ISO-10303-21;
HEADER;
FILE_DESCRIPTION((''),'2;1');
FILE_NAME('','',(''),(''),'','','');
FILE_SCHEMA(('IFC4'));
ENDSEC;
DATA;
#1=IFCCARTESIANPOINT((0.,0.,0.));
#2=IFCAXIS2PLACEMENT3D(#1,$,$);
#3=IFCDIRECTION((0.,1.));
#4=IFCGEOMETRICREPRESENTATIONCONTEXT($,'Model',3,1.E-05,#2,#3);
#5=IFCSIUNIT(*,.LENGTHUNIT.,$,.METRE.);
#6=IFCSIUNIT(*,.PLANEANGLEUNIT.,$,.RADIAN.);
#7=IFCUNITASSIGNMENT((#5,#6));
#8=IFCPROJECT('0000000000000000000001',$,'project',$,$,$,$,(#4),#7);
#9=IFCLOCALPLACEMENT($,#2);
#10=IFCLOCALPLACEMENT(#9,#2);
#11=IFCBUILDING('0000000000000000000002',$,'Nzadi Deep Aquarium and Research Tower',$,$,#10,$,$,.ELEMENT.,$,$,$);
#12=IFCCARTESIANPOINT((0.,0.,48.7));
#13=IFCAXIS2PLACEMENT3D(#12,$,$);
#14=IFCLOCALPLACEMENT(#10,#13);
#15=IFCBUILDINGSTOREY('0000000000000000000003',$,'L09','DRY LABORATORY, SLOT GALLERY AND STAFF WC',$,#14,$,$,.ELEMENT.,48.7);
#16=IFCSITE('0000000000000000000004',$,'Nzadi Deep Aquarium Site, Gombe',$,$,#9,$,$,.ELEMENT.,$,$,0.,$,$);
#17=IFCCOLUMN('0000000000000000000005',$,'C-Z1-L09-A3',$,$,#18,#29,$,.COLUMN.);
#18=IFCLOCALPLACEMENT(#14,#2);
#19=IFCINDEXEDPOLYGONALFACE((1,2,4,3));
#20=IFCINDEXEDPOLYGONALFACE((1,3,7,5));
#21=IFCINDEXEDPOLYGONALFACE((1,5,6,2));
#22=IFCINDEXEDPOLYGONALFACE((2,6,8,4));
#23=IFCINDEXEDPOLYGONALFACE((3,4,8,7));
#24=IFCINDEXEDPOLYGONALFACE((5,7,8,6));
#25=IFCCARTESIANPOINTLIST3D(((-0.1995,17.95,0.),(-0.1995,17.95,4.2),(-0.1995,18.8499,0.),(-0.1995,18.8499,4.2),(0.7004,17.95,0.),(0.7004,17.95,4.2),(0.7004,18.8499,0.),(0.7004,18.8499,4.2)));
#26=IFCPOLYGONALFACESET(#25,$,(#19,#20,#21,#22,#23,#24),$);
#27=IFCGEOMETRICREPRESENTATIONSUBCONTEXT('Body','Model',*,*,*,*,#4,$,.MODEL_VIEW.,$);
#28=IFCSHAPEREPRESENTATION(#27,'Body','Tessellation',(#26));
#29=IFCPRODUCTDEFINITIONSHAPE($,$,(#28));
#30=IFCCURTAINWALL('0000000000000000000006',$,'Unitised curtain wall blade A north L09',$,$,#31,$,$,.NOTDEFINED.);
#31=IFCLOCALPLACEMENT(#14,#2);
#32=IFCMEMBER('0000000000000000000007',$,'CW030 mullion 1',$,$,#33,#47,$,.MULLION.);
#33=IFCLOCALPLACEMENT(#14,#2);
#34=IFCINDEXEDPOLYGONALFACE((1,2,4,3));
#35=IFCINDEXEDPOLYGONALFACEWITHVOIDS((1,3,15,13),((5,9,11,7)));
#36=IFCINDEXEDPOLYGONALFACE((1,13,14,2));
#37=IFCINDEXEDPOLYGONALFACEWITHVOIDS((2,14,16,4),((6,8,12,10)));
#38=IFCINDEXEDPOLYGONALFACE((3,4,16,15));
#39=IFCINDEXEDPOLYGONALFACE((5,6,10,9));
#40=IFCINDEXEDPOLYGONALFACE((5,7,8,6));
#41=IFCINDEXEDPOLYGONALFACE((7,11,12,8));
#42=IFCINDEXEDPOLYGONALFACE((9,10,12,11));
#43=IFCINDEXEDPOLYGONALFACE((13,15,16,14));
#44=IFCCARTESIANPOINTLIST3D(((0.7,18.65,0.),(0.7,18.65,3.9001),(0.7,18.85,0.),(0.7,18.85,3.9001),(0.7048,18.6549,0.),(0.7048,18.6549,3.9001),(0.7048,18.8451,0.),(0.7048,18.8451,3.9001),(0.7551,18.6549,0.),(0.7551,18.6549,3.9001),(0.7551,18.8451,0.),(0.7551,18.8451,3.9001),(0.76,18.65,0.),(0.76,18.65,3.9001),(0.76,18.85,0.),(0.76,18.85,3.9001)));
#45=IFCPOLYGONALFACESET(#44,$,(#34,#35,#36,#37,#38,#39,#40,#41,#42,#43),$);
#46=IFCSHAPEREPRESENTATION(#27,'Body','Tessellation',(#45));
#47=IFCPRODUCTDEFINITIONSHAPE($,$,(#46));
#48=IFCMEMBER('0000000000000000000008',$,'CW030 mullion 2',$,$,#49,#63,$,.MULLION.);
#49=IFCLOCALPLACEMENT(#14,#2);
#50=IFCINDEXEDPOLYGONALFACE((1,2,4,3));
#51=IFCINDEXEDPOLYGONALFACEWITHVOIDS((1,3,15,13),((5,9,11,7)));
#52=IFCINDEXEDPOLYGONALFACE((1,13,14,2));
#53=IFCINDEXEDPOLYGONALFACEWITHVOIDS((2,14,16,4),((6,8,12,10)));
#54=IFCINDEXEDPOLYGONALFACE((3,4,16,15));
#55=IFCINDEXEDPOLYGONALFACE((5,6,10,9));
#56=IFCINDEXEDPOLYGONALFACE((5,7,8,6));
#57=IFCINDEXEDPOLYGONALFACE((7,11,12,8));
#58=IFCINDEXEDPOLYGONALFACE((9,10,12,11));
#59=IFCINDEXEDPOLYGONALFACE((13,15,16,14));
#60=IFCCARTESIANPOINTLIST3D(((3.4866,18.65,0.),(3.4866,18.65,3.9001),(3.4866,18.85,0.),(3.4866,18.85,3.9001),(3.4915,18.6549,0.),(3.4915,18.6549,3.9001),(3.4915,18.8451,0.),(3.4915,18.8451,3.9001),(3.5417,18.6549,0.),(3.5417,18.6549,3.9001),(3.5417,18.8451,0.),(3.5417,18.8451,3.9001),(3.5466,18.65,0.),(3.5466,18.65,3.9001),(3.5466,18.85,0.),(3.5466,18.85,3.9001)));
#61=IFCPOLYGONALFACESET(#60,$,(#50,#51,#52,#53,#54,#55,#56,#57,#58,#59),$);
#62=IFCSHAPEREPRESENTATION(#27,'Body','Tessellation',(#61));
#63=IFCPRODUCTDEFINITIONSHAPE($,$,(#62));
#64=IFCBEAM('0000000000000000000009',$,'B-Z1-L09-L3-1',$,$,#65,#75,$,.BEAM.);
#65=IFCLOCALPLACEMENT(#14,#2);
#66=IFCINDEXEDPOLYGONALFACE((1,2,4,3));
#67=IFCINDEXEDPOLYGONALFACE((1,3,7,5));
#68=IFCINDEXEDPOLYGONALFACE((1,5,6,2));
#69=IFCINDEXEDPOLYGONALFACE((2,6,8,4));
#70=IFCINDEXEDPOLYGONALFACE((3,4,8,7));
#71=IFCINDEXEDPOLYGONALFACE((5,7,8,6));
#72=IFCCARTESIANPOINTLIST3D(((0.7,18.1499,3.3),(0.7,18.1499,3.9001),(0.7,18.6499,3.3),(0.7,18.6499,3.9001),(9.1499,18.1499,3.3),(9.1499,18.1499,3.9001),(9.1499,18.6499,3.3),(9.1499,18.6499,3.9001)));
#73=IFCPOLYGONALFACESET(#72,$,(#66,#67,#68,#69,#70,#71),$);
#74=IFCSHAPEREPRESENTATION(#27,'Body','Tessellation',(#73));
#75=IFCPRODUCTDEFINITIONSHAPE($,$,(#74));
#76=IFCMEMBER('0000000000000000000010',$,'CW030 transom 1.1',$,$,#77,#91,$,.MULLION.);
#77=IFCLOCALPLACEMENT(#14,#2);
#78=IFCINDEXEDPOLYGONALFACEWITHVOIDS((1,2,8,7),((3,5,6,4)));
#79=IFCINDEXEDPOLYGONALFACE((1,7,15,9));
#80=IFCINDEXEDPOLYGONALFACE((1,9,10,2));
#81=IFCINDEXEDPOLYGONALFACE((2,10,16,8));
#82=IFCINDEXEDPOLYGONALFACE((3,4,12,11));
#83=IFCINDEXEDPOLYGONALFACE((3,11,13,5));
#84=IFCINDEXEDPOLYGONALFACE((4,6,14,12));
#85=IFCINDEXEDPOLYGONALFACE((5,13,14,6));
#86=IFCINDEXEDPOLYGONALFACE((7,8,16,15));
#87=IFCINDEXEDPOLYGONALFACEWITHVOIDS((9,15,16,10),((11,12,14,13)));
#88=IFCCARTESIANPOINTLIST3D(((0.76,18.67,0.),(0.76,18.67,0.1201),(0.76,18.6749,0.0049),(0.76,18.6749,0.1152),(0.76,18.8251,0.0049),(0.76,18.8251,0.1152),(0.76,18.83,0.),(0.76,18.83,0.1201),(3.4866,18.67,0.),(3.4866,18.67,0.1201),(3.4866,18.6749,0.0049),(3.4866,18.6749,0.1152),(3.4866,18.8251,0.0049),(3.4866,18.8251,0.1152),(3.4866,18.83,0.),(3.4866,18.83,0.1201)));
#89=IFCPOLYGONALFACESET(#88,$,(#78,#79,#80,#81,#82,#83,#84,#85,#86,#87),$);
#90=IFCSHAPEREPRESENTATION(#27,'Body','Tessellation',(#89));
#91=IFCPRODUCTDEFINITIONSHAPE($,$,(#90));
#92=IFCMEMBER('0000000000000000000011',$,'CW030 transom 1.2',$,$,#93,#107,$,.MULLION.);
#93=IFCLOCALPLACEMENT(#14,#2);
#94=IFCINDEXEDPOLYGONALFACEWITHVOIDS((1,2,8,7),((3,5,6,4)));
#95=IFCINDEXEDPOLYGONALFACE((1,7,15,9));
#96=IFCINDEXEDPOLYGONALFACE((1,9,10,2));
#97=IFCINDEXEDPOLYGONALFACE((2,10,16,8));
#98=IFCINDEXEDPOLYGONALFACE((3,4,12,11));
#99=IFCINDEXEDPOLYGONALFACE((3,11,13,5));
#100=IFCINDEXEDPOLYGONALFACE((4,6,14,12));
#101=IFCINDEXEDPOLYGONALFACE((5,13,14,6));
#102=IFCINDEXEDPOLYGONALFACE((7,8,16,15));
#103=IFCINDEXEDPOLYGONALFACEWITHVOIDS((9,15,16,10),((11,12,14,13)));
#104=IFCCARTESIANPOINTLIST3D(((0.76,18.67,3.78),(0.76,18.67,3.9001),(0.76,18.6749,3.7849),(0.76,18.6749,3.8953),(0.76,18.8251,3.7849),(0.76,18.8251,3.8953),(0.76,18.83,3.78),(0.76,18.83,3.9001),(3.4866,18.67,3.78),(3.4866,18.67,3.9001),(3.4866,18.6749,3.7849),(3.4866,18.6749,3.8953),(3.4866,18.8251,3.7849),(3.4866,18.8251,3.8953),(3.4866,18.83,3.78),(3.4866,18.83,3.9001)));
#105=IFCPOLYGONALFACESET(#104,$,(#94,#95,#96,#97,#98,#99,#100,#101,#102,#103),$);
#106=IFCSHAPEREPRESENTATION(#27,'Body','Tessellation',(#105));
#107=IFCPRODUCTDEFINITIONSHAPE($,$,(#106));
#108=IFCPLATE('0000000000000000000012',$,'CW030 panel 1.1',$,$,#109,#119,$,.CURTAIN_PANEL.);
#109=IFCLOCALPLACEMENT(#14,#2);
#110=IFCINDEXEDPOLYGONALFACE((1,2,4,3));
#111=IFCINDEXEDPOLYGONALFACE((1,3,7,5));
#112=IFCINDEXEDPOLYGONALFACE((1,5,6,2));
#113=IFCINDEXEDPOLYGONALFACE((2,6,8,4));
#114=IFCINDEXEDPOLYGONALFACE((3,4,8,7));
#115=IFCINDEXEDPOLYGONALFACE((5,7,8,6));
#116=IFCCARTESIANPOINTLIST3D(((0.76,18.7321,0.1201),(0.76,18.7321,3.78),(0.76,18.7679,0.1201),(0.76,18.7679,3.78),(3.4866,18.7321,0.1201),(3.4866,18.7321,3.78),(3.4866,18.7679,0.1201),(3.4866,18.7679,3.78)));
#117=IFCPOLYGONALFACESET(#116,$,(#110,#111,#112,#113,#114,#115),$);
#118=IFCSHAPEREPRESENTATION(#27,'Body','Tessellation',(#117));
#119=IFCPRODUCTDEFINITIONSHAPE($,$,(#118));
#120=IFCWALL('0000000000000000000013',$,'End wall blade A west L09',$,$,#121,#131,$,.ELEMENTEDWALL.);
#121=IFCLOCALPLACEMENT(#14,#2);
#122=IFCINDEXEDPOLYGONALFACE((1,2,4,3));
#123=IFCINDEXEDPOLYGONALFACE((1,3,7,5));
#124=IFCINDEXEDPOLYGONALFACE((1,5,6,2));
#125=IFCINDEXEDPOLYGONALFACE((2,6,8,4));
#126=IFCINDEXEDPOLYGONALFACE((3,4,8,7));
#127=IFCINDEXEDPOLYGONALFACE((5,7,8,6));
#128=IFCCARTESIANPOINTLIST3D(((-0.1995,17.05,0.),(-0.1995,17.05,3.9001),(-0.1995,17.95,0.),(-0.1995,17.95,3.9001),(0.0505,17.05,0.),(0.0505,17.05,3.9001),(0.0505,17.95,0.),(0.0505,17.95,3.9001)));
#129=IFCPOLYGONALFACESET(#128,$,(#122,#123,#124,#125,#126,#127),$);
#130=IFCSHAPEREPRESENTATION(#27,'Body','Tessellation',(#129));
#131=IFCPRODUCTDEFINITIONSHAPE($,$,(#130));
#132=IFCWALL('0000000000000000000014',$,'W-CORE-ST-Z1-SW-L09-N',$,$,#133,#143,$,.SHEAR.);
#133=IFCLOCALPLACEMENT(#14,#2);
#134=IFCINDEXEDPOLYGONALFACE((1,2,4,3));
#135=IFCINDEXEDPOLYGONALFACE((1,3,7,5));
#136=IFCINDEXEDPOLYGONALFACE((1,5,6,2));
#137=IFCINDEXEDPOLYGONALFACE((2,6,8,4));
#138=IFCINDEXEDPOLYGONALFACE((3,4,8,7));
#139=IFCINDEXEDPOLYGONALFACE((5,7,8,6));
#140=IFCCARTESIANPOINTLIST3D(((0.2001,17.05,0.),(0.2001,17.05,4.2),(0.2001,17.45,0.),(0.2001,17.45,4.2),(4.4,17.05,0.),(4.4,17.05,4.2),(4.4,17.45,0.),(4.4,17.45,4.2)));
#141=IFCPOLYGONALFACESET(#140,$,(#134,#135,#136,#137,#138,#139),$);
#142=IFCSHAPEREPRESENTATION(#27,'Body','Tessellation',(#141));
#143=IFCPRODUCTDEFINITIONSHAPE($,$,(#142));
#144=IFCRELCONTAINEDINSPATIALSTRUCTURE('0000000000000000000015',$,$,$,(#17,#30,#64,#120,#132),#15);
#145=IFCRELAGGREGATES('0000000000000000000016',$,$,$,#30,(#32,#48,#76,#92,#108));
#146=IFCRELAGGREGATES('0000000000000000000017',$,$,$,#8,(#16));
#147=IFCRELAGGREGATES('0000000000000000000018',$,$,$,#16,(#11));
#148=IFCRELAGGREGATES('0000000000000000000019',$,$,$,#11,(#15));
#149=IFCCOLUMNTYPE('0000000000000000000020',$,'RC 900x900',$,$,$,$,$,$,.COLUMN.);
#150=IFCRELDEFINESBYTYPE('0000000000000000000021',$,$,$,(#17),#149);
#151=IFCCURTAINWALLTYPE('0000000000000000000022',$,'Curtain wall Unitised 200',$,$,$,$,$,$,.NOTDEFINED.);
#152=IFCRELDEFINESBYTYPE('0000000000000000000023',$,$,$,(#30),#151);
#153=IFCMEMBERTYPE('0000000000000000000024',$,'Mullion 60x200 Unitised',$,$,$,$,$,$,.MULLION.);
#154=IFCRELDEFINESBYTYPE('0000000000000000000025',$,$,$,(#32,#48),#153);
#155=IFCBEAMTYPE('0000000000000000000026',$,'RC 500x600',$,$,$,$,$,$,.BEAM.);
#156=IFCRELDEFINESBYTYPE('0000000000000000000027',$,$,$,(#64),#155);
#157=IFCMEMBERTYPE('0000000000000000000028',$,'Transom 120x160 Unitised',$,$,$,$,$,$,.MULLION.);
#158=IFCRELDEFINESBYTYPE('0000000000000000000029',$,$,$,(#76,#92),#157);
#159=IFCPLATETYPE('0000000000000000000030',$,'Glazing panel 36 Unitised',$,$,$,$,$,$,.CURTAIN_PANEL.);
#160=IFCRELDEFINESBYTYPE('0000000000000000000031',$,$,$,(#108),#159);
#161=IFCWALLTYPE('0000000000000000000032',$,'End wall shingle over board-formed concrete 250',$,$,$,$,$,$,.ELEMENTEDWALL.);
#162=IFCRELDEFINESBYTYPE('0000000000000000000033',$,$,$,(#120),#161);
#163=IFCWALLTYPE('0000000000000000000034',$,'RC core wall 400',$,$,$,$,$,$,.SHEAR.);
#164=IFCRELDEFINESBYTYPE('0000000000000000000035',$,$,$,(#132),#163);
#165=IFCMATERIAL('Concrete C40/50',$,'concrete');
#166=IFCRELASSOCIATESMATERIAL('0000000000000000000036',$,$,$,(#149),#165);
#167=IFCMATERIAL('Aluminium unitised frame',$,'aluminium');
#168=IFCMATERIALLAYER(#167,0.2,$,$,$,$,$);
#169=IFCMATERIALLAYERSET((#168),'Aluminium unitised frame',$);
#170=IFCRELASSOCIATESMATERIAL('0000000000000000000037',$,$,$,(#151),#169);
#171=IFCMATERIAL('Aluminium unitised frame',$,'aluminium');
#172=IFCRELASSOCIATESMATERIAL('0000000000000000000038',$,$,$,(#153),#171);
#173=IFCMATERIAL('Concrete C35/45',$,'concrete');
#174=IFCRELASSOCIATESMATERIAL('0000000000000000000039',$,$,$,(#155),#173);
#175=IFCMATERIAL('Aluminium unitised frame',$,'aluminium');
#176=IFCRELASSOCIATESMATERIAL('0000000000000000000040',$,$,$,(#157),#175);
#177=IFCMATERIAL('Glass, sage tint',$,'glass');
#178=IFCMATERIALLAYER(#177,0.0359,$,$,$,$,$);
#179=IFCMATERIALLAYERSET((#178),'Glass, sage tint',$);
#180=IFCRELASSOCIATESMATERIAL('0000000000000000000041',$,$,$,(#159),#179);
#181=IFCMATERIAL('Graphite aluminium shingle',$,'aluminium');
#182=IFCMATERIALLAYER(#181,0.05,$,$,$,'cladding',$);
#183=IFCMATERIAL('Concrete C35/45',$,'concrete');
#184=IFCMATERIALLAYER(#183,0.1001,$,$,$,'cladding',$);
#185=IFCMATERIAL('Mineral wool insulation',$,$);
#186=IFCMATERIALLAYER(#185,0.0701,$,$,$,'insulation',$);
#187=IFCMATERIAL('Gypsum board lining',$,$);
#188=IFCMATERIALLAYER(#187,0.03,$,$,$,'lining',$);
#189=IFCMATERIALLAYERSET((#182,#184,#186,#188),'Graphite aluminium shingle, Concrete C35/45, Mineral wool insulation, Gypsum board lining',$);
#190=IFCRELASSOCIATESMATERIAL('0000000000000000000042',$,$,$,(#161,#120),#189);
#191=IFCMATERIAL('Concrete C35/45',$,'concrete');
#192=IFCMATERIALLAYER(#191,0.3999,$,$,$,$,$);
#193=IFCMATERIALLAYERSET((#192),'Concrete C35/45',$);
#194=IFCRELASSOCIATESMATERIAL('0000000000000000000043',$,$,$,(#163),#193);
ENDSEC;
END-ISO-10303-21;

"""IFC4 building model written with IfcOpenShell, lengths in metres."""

from ifc_helpers import new_model, si_unit, direction, frame, frame_2d, origin, origin_2d, place, context, subcontext, project, spatial, rectangle, hollow_rectangle, extrude, material, layer, layer_set, layer_usage, material_profile, profile_set, type_object, element, aggregate, save


model = new_model("IFC4")

# Units and contexts
model_context = context("Model", 3, precision=1e-05, world=origin(), true_north=direction((0.0, 1.0)))
body_context = subcontext(model_context, "Body", "Model", "MODEL_VIEW")
ifc_project = project(units=[si_unit("LENGTHUNIT", "METRE"), si_unit("PLANEANGLEUNIT", "RADIAN")], contexts=[model_context])

# Site, building, storey
site_placement = place(None, origin())
site = spatial("IfcSite", under=ifc_project, at=site_placement, Name="Nzadi Deep Aquarium Site, Gombe", CompositionType="ELEMENT", RefElevation=0.0)
building_placement = place(site_placement, origin())
building = spatial("IfcBuilding", under=site, at=building_placement, Name="Nzadi Deep Aquarium and Research Tower", CompositionType="ELEMENT")
storey_placement = place(building_placement, frame((0.0, 0.0, 48.7)))
storey = spatial("IfcBuildingStorey", under=building, at=storey_placement, Name="L09", Description="DRY LABORATORY, SLOT GALLERY AND STAFF WC", CompositionType="ELEMENT", Elevation=48.7)

# Column
ifc_material_1 = material(Name="Concrete C40/50", Category="concrete")
ifc_material_profile_1 = material_profile(ifc_material_1, rectangle(XDim=0.8999, YDim=0.8999, at=origin_2d()))
ifc_profile_set_1 = profile_set([ifc_material_profile_1], Name="Concrete C40/50")
column_type = type_object("IfcColumnType", Name="RC 900x900", PredefinedType="COLUMN", material=ifc_profile_set_1)
column_placement = place(storey_placement, frame((0.2505, 18.3999, 0.0), z_axis=(0.0, 0.0, 1.0), x_axis=(1.0, 0.0, 0.0)))
element("IfcColumn", 1, at=column_placement, inside=storey, type_object=column_type, Name="C-Z1-L09-A3", PredefinedType="COLUMN", context=body_context, shape_type="SweptSolid", body=[
    extrude(rectangle(XDim=0.8999, YDim=0.8999, at=origin_2d()), origin(), (0.0, 0.0, 1.0), 4.2),
])

# Curtain wall, members
ifc_material_2 = material(Name="Aluminium unitised frame", Category="aluminium")
ifc_layer_1 = layer(ifc_material_2, 0.2)
ifc_layer_set_1 = layer_set([ifc_layer_1], Name="Aluminium unitised frame")
curtain_wall_type = type_object("IfcCurtainWallType", Name="Curtain wall Unitised 200", PredefinedType="NOTDEFINED", material=ifc_layer_set_1)
curtain_wall_placement = place(storey_placement, origin())
curtain_wall = element("IfcCurtainWall", 2, at=curtain_wall_placement, inside=storey, type_object=curtain_wall_type, Name="Unitised curtain wall blade A north L09", PredefinedType="NOTDEFINED")
ifc_material_3 = material(Name="Aluminium unitised frame", Category="aluminium")
ifc_material_profile_2 = material_profile(ifc_material_3, hollow_rectangle(XDim=0.2, YDim=0.0601, WallThickness=0.0049, at=origin_2d()))
ifc_profile_set_2 = profile_set([ifc_material_profile_2], Name="Aluminium unitised frame")
member_type_1 = type_object("IfcMemberType", Name="Mullion 60x200 Unitised", PredefinedType="MULLION", material=ifc_profile_set_2)
member_1_placement = place(storey_placement, frame((0.73, 18.75, 0.0), z_axis=(0.0, 0.0, 1.0), x_axis=(0.0, 1.0, 0.0)))
member_1 = element("IfcMember", 3, at=member_1_placement, type_object=member_type_1, Name="CW030 mullion 1", PredefinedType="MULLION", context=body_context, shape_type="SweptSolid", body=[
    extrude(hollow_rectangle(XDim=0.2, YDim=0.0601, WallThickness=0.0049, at=origin_2d()), origin(), (0.0, 0.0, 1.0), 3.9001),
])
member_2_placement = place(storey_placement, frame((3.5166, 18.75, 0.0), z_axis=(0.0, 0.0, 1.0), x_axis=(0.0, 1.0, 0.0)))
member_2 = element("IfcMember", 4, at=member_2_placement, type_object=member_type_1, Name="CW030 mullion 2", PredefinedType="MULLION", context=body_context, shape_type="SweptSolid", body=[
    extrude(hollow_rectangle(XDim=0.2, YDim=0.0601, WallThickness=0.0049, at=origin_2d()), origin(), (0.0, 0.0, 1.0), 3.9001),
])

# Beam
ifc_material_4 = material(Name="Concrete C35/45", Category="concrete")
ifc_material_profile_3 = material_profile(ifc_material_4, rectangle(XDim=0.5, YDim=0.6001, at=origin_2d()))
ifc_profile_set_3 = profile_set([ifc_material_profile_3], Name="Concrete C35/45")
beam_type = type_object("IfcBeamType", Name="RC 500x600", PredefinedType="BEAM", material=ifc_profile_set_3)
beam_placement = place(storey_placement, frame((0.7, 18.3999, 3.6001), z_axis=(1.0, 0.0, 0.0), x_axis=(0.0, 1.0, 0.0)))
element("IfcBeam", 5, at=beam_placement, inside=storey, type_object=beam_type, Name="B-Z1-L09-L3-1", PredefinedType="BEAM", context=body_context, shape_type="SweptSolid", body=[
    extrude(rectangle(XDim=0.5, YDim=0.6001, at=origin_2d()), origin(), (0.0, 0.0, 1.0), 8.45),
])

# Members
ifc_material_5 = material(Name="Aluminium unitised frame", Category="aluminium")
ifc_material_profile_4 = material_profile(ifc_material_5, hollow_rectangle(XDim=0.1599, YDim=0.1201, WallThickness=0.0049, at=origin_2d()))
ifc_profile_set_4 = profile_set([ifc_material_profile_4], Name="Aluminium unitised frame")
member_type_2 = type_object("IfcMemberType", Name="Transom 120x160 Unitised", PredefinedType="MULLION", material=ifc_profile_set_4)
member_3_placement = place(storey_placement, frame((0.76, 18.75, 0.0601), z_axis=(1.0, 0.0, 0.0), x_axis=(0.0, 1.0, 0.0)))
member_3 = element("IfcMember", 6, at=member_3_placement, type_object=member_type_2, Name="CW030 transom 1.1", PredefinedType="MULLION", context=body_context, shape_type="SweptSolid", body=[
    extrude(hollow_rectangle(XDim=0.1599, YDim=0.1201, WallThickness=0.0049, at=origin_2d()), origin(), (0.0, 0.0, 1.0), 2.7266),
])
member_4_placement = place(storey_placement, frame((0.76, 18.75, 3.8401), z_axis=(1.0, 0.0, 0.0), x_axis=(0.0, 1.0, 0.0)))
member_4 = element("IfcMember", 7, at=member_4_placement, type_object=member_type_2, Name="CW030 transom 1.2", PredefinedType="MULLION", context=body_context, shape_type="SweptSolid", body=[
    extrude(hollow_rectangle(XDim=0.1599, YDim=0.1201, WallThickness=0.0049, at=origin_2d()), origin(), (0.0, 0.0, 1.0), 2.7266),
])

# Plate
ifc_material_6 = material(Name="Glass, sage tint", Category="glass")
ifc_layer_2 = layer(ifc_material_6, 0.0359)
ifc_layer_set_2 = layer_set([ifc_layer_2], Name="Glass, sage tint")
plate_type = type_object("IfcPlateType", Name="Glazing panel 36 Unitised", PredefinedType="CURTAIN_PANEL", material=ifc_layer_set_2)
plate_placement = place(storey_placement, frame((2.1233, 18.75, 0.1201), z_axis=(0.0, 0.0, 1.0), x_axis=(1.0, 0.0, 0.0)))
plate = element("IfcPlate", 8, at=plate_placement, type_object=plate_type, Name="CW030 panel 1.1", PredefinedType="CURTAIN_PANEL", context=body_context, shape_type="SweptSolid", body=[
    extrude(rectangle(XDim=2.7266, YDim=0.0359, at=origin_2d()), origin(), (0.0, 0.0, 1.0), 3.6599),
])
aggregate(curtain_wall, [member_1, member_2, member_3, member_4, plate])

# Walls
ifc_material_7 = material(Name="Graphite aluminium shingle", Category="aluminium")
ifc_layer_3 = layer(ifc_material_7, 0.05, Category="cladding")
ifc_material_8 = material(Name="Concrete C35/45", Category="concrete")
ifc_layer_4 = layer(ifc_material_8, 0.1001, Category="cladding")
ifc_material_9 = material(Name="Mineral wool insulation")
ifc_layer_5 = layer(ifc_material_9, 0.0701, Category="insulation")
ifc_material_10 = material(Name="Gypsum board lining")
ifc_layer_6 = layer(ifc_material_10, 0.03, Category="lining")
ifc_layer_set_3 = layer_set([ifc_layer_3, ifc_layer_4, ifc_layer_5, ifc_layer_6], Name="Graphite aluminium shingle, Concrete C35/45, Mineral wool insulation, Gypsum board lining")
ifc_layer_usage = layer_usage(ifc_layer_set_3, "AXIS2", "POSITIVE", -0.125)
wall_type_1 = type_object("IfcWallType", Name="End wall shingle over board-formed concrete 250", PredefinedType="ELEMENTEDWALL", material=ifc_layer_set_3)
wall_1_placement = place(storey_placement, frame((-0.0745, 17.95, 0.0), z_axis=(0.0, 0.0, 1.0), x_axis=(0.0, -1.0, 0.0)))
element("IfcWall", 9, at=wall_1_placement, inside=storey, type_object=wall_type_1, material=ifc_layer_usage, Name="End wall blade A west L09", PredefinedType="ELEMENTEDWALL", context=body_context, shape_type="SweptSolid", body=[
    extrude(rectangle(XDim=0.8999, YDim=0.25, at=frame_2d((0.45, 0.0))), origin(), (0.0, 0.0, 1.0), 3.9001),
])
ifc_material_11 = material(Name="Concrete C35/45", Category="concrete")
ifc_layer_7 = layer(ifc_material_11, 0.3999)
ifc_layer_set_4 = layer_set([ifc_layer_7], Name="Concrete C35/45")
wall_type_2 = type_object("IfcWallType", Name="RC core wall 400", PredefinedType="SHEAR", material=ifc_layer_set_4)
wall_2_placement = place(storey_placement, frame((0.2, 17.25, 0.0), z_axis=(0.0, 0.0, 1.0), x_axis=(1.0, 0.0, 0.0)))
element("IfcWall", 10, at=wall_2_placement, inside=storey, type_object=wall_type_2, Name="W-CORE-ST-Z1-SW-L09-N", PredefinedType="SHEAR", context=body_context, shape_type="SweptSolid", body=[
    extrude(rectangle(XDim=4.2, YDim=0.3999, at=frame_2d((2.1001, 0.0))), origin(), (0.0, 0.0, 1.0), 4.2),
])

save(model, "model.ifc")
